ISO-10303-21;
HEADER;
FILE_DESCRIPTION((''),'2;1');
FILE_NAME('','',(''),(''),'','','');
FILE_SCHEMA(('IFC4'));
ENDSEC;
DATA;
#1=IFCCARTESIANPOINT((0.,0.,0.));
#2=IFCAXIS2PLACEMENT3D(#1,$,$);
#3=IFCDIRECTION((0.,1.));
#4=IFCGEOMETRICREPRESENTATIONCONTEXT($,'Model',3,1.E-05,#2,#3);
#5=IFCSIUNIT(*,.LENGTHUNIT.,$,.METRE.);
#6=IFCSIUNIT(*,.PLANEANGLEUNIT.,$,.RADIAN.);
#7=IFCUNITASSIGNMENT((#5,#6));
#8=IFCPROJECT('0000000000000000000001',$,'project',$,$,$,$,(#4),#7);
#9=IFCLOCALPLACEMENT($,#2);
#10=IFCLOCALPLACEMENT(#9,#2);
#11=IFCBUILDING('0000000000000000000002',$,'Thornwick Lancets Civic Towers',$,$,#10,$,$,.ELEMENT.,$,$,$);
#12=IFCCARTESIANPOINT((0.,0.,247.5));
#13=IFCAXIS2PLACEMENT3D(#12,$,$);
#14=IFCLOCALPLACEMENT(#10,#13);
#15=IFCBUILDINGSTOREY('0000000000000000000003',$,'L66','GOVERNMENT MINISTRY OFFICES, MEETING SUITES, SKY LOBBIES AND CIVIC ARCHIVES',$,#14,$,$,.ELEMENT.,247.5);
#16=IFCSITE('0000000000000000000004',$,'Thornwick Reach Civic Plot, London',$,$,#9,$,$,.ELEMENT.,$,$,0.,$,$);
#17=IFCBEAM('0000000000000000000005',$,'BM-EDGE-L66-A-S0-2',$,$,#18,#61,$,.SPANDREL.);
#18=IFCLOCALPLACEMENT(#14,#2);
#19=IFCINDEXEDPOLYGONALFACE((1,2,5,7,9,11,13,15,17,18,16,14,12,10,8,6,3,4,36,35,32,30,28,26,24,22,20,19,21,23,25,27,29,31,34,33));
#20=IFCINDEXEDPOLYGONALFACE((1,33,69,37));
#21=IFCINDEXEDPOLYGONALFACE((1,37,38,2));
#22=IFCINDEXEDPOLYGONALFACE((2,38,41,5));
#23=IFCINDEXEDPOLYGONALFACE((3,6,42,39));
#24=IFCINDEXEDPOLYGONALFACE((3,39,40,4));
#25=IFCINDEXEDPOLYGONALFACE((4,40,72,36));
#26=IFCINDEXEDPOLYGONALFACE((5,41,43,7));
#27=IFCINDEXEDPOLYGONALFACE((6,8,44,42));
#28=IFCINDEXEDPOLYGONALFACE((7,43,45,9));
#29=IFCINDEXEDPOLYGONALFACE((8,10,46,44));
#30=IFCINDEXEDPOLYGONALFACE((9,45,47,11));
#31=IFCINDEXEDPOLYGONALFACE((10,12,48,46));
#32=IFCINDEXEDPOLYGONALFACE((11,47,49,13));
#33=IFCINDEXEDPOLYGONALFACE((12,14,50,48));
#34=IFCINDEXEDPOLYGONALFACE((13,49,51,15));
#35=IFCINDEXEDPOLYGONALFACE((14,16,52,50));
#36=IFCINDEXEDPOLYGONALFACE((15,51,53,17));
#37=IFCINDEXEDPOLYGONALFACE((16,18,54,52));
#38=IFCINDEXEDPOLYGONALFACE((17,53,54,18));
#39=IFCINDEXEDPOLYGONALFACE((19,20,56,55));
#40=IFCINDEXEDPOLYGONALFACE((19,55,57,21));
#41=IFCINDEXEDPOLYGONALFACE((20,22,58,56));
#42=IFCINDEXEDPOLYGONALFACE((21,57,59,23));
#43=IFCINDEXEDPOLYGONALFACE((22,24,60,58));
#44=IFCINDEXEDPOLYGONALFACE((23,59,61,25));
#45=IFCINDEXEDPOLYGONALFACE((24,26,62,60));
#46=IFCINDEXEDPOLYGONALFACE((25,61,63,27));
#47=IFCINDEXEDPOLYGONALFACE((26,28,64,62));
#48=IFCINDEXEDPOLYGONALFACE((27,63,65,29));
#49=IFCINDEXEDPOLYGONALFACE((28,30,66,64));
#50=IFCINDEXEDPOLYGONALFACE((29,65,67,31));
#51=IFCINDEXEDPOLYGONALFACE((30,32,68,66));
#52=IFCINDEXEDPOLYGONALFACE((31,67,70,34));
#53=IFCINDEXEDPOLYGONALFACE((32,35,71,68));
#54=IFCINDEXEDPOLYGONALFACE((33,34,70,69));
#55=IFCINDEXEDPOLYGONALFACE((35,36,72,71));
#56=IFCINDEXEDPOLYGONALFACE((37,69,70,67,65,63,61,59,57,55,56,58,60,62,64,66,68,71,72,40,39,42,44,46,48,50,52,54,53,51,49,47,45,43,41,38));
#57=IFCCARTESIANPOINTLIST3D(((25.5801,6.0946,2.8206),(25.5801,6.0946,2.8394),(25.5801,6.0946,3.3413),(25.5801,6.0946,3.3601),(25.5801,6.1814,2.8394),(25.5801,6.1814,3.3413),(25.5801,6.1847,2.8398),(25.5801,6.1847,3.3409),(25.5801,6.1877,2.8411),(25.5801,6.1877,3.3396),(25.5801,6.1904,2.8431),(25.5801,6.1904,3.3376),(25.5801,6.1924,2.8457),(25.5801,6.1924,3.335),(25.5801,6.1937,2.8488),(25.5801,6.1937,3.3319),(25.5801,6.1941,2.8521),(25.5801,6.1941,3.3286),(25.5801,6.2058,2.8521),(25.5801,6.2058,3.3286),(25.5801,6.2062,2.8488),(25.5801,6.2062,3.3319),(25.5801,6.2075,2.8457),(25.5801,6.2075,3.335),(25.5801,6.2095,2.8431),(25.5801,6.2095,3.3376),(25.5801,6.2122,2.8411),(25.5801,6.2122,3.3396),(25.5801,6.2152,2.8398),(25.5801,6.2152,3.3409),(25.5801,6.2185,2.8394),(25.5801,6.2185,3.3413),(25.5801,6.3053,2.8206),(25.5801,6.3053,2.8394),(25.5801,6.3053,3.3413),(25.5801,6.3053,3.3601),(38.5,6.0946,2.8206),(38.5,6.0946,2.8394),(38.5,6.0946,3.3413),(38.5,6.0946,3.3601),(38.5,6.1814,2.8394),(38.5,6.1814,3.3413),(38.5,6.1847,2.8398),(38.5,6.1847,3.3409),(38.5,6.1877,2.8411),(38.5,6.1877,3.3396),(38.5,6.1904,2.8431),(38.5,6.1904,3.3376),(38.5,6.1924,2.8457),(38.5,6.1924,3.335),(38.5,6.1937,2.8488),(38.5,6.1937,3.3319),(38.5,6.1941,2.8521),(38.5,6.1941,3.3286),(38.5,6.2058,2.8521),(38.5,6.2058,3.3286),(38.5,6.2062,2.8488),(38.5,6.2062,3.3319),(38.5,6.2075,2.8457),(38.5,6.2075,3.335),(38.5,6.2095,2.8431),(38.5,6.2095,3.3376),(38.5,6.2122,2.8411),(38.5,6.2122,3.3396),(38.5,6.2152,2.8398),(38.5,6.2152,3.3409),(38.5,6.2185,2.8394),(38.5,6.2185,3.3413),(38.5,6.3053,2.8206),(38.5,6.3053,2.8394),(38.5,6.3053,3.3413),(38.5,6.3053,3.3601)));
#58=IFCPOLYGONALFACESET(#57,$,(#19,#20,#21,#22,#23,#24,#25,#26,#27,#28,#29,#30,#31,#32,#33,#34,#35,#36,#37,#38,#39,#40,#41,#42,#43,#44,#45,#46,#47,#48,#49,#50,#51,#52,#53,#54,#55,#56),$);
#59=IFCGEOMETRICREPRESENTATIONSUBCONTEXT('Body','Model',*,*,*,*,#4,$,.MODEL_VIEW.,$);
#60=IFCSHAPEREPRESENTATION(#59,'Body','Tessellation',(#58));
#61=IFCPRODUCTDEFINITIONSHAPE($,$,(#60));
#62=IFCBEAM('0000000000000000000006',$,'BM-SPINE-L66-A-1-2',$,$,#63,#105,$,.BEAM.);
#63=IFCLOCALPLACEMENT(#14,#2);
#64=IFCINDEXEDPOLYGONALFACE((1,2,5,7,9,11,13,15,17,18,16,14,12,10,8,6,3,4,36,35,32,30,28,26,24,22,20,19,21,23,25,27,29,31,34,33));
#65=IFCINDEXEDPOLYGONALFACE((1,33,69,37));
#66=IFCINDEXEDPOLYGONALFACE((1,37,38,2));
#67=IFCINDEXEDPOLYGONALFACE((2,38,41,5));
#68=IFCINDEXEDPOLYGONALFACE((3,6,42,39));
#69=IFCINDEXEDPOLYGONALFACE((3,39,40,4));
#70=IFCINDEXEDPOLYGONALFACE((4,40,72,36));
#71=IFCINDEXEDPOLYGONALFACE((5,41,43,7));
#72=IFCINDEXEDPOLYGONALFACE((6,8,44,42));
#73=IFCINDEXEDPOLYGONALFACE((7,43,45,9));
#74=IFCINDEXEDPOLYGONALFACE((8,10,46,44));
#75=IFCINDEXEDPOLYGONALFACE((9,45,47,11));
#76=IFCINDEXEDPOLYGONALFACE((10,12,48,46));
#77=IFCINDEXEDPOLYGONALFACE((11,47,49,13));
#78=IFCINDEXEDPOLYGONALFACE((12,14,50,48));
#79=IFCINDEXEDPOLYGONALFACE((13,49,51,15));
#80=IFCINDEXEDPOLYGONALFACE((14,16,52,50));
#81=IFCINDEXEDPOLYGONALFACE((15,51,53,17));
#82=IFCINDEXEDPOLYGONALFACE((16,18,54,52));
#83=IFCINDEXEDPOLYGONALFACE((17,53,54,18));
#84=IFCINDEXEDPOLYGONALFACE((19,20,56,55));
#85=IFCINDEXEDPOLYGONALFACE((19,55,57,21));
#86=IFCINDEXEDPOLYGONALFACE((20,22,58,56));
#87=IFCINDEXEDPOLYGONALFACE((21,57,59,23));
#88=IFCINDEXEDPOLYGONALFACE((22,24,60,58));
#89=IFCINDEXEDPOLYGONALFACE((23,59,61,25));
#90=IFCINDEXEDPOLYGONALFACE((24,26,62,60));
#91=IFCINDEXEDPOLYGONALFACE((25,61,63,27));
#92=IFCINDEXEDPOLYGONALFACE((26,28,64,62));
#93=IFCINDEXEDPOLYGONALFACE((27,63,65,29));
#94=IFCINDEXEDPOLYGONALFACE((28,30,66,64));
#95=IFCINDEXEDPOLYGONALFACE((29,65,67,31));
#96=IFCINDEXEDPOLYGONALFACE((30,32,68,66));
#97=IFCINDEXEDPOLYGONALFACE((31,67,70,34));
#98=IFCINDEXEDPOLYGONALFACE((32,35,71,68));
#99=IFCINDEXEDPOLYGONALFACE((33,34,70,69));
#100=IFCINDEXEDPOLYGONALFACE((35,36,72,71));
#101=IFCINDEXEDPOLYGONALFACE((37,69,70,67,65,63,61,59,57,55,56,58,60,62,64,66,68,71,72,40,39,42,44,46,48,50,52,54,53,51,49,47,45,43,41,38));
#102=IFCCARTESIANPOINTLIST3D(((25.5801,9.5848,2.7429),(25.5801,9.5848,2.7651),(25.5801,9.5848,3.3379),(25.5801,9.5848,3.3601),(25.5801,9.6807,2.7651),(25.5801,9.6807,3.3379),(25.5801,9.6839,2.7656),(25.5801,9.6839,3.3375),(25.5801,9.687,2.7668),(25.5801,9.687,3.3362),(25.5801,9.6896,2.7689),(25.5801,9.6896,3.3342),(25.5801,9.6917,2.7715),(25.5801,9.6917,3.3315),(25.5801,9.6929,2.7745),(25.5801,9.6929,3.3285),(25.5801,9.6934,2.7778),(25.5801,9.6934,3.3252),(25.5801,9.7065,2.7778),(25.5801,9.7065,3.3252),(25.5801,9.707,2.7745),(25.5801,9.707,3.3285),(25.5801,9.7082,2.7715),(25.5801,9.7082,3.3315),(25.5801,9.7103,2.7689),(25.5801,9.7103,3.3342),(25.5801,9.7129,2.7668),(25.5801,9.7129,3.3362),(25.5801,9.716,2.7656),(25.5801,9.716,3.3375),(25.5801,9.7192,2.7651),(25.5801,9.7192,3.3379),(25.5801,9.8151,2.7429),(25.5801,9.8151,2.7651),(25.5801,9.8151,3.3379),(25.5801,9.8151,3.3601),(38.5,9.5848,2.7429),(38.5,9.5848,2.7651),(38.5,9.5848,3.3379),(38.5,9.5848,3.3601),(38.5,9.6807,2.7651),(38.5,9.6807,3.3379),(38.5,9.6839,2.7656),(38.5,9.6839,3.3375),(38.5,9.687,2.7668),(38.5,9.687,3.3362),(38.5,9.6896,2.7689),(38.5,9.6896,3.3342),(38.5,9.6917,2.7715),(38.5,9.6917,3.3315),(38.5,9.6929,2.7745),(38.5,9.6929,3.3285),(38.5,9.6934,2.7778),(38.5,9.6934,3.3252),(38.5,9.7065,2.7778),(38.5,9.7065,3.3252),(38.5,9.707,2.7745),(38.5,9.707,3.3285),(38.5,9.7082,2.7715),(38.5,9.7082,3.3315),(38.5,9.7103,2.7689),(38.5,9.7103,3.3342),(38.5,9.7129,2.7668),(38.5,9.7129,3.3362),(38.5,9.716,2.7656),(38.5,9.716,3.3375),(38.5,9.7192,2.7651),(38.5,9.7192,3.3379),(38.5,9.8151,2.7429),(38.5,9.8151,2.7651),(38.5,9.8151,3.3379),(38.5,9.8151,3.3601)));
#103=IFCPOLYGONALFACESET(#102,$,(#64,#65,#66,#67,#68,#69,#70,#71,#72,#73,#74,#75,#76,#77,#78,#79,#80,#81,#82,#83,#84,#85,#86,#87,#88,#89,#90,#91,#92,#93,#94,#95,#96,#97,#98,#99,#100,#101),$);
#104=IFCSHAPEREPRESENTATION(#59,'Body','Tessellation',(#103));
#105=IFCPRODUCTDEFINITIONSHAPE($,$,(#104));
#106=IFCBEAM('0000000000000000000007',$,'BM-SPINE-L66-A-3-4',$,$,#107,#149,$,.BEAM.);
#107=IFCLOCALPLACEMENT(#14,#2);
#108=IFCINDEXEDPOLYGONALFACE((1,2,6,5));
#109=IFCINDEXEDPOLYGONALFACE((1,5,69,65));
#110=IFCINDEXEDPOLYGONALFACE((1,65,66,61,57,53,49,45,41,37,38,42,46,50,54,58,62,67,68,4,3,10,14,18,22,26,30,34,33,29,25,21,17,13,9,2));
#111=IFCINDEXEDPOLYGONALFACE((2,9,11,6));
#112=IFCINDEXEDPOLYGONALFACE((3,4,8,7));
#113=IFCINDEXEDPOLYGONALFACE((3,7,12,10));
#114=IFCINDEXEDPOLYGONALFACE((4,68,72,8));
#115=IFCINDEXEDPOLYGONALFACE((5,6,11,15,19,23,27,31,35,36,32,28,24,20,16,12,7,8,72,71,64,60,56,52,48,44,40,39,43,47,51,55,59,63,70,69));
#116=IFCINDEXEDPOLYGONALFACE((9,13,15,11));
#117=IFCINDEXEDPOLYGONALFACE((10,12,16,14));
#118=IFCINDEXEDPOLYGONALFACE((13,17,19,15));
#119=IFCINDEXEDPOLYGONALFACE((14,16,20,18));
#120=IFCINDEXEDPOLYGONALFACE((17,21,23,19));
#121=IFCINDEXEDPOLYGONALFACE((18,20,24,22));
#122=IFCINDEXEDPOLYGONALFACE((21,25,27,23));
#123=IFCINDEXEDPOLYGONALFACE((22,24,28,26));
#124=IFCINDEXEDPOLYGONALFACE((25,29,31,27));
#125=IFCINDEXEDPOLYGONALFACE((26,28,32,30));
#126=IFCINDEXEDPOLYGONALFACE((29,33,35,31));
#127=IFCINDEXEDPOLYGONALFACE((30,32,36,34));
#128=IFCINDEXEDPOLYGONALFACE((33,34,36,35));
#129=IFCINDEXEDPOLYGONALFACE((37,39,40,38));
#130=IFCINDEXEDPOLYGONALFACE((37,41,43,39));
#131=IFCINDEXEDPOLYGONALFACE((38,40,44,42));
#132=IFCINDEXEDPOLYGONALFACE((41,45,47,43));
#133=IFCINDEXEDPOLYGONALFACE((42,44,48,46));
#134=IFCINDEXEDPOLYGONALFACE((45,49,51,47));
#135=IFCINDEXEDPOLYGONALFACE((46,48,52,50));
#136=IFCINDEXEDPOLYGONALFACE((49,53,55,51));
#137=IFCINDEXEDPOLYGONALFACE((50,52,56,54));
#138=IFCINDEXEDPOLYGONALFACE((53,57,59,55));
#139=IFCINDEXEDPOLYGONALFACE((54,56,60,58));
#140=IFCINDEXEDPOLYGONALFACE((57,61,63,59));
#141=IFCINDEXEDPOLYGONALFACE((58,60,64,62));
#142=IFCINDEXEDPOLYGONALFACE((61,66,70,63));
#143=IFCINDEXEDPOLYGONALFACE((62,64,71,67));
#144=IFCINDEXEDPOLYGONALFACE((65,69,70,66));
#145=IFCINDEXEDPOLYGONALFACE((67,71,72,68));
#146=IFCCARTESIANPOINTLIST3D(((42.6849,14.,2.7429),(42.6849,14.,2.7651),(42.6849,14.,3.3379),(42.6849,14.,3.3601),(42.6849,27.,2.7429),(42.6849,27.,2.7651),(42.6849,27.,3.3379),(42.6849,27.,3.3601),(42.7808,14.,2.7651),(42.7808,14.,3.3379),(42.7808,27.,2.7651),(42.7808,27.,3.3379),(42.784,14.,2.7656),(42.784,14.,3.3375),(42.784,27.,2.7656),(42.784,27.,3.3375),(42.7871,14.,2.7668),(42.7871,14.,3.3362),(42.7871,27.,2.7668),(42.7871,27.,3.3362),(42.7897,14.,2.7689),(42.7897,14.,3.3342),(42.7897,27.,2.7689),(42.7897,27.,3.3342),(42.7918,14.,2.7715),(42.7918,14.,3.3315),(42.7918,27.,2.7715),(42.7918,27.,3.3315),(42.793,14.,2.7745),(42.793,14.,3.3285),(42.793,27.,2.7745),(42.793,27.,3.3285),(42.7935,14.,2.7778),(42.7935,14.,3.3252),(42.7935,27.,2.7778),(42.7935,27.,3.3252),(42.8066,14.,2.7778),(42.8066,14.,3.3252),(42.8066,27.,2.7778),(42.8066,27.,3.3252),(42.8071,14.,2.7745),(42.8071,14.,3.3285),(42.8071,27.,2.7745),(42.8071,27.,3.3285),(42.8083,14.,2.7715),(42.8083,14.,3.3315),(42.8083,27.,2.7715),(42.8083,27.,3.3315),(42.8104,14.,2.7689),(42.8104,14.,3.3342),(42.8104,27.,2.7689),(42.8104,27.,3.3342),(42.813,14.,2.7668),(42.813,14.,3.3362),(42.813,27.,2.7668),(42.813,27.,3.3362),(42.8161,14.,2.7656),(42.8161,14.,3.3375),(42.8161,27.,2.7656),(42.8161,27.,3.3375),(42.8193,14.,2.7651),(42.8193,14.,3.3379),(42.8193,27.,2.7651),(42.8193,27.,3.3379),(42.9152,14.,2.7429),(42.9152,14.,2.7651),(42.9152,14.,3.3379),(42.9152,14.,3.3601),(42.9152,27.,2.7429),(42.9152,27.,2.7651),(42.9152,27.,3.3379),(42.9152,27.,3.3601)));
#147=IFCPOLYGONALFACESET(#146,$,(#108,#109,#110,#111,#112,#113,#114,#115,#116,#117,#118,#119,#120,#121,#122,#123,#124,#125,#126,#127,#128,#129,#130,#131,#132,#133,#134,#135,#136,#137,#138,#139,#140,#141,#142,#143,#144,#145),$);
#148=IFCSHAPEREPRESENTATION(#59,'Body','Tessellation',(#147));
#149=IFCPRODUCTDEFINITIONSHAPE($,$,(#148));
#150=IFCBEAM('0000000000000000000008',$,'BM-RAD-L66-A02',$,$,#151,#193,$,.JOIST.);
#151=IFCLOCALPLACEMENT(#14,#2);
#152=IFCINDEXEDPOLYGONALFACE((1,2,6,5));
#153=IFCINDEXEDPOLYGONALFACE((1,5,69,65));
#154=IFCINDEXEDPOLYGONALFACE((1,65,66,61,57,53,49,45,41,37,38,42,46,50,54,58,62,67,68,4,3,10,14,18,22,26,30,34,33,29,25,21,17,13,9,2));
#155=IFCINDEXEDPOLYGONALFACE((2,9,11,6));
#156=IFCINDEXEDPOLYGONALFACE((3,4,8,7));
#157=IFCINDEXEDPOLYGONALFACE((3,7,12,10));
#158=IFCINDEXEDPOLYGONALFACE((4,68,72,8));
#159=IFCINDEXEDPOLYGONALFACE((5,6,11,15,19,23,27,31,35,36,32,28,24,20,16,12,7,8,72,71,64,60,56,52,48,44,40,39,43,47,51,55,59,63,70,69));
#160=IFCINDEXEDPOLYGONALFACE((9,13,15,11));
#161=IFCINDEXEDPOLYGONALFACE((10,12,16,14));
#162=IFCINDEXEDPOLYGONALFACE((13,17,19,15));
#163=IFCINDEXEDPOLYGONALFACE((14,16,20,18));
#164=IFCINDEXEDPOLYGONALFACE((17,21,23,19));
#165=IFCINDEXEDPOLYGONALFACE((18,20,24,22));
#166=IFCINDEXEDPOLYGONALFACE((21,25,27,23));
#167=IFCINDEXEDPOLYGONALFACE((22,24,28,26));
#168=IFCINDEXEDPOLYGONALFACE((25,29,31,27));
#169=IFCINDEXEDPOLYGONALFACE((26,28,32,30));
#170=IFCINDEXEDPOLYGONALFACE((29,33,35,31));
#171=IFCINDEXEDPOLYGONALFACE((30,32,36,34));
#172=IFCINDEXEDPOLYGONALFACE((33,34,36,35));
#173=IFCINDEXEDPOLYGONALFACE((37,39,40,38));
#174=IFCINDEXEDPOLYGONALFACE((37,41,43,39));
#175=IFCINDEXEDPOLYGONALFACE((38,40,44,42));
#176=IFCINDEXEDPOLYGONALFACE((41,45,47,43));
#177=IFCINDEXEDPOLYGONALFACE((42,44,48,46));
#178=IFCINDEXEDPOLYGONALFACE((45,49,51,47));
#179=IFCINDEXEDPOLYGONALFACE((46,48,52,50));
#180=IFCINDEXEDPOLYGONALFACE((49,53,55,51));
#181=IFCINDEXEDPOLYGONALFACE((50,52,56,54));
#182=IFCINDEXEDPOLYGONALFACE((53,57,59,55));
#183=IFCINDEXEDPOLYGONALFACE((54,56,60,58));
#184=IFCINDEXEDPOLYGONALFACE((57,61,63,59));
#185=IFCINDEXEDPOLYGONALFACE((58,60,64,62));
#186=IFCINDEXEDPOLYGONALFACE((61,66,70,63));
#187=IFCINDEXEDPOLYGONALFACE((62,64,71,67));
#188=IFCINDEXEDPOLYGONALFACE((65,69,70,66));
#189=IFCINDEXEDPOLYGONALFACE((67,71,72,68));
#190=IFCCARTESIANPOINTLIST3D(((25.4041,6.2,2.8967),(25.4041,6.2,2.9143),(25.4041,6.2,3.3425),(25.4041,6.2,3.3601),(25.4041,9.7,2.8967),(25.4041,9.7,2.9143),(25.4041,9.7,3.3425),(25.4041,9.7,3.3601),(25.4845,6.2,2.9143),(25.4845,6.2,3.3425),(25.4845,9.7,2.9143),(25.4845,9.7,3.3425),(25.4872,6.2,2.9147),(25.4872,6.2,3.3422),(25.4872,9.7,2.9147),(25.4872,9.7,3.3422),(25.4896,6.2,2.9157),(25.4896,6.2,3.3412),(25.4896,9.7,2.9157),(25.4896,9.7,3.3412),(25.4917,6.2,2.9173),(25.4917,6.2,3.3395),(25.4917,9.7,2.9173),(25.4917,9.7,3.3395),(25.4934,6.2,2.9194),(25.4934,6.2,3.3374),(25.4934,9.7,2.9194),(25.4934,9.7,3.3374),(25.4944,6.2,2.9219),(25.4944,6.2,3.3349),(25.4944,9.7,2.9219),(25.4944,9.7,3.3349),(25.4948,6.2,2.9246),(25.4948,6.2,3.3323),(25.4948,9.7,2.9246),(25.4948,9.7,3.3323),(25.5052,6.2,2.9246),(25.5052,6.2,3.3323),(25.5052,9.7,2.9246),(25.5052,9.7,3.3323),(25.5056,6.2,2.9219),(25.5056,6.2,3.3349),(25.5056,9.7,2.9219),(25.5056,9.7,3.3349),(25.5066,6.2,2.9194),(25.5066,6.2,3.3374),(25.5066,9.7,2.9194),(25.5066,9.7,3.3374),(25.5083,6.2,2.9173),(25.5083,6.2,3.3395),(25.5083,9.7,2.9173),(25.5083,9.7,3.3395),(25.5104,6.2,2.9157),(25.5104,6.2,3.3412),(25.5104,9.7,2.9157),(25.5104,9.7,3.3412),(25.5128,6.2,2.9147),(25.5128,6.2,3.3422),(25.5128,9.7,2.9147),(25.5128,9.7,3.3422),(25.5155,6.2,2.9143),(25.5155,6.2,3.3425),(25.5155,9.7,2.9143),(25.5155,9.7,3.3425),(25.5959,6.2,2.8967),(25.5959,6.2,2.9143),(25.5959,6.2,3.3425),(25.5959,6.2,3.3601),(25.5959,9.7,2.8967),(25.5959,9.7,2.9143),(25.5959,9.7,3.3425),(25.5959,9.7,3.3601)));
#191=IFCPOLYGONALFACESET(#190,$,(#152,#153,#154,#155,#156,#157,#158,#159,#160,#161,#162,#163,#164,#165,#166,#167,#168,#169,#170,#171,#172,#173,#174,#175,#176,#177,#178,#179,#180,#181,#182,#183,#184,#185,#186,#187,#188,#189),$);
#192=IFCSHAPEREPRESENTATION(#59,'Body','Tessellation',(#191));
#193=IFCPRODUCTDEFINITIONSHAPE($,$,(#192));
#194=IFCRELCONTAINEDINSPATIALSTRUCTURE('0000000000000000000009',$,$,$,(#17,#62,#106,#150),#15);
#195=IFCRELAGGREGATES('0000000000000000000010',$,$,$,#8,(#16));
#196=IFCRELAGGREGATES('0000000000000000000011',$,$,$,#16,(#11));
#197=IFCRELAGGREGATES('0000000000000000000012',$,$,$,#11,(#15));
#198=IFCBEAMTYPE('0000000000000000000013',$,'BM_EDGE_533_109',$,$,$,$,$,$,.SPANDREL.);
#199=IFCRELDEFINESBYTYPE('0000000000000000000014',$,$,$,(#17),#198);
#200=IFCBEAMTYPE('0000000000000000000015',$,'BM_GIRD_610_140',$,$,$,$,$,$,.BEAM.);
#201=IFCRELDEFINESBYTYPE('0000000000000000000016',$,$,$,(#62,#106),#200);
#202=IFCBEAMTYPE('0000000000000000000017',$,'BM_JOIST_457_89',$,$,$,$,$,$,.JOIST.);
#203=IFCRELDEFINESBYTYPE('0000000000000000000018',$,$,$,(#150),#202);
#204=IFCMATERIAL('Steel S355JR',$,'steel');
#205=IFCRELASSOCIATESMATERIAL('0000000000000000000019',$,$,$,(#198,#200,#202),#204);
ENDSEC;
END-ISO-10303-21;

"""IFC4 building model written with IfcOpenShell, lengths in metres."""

from ifc_helpers import new_model, si_unit, direction, frame, origin, origin_2d, place, context, subcontext, project, spatial, i_section, extrude, material, material_profile, profile_set, type_object, element, save


model = new_model("IFC4")

# Units and contexts
model_context = context("Model", 3, precision=1e-05, world=origin(), true_north=direction((0.0, 1.0)))
body_context = subcontext(model_context, "Body", "Model", "MODEL_VIEW")
ifc_project = project(units=[si_unit("LENGTHUNIT", "METRE"), si_unit("PLANEANGLEUNIT", "RADIAN")], contexts=[model_context])

# Site, building, storey
site_placement = place(None, origin())
site = spatial("IfcSite", under=ifc_project, at=site_placement, Name="Thornwick Reach Civic Plot, London", CompositionType="ELEMENT", RefElevation=0.0)
building_placement = place(site_placement, origin())
building = spatial("IfcBuilding", under=site, at=building_placement, Name="Thornwick Lancets Civic Towers", CompositionType="ELEMENT")
storey_placement = place(building_placement, frame((0.0, 0.0, 247.5)))
storey = spatial("IfcBuildingStorey", under=building, at=storey_placement, Name="L66", Description="GOVERNMENT MINISTRY OFFICES, MEETING SUITES, SKY LOBBIES AND CIVIC ARCHIVES", CompositionType="ELEMENT", Elevation=247.5)

# Shared definitions
ifc_material_1 = material(Name="Steel S355JR", Category="steel")

# Beams
ifc_material_profile_1 = material_profile(ifc_material_1, i_section(OverallWidth=0.2107, OverallDepth=0.5396, WebThickness=0.0117, FlangeThickness=0.0188, FilletRadius=0.0127, at=origin_2d()), Name="UKB 533x210x109")
ifc_profile_set_1 = profile_set([ifc_material_profile_1], Name="Steel S355JR")
beam_type_1 = type_object("IfcBeamType", Name="BM_EDGE_533_109", PredefinedType="SPANDREL", material=ifc_profile_set_1)
beam_1_placement = place(storey_placement, frame((25.5801, 6.2, 3.0903), z_axis=(1.0, 0.0, 0.0), x_axis=(0.0, 1.0, 0.0)))
element("IfcBeam", 1, at=beam_1_placement, inside=storey, type_object=beam_type_1, Name="BM-EDGE-L66-A-S0-2", PredefinedType="SPANDREL", context=body_context, shape_type="SweptSolid", body=[
    extrude(i_section(OverallWidth=0.2107, OverallDepth=0.5396, WebThickness=0.0117, FlangeThickness=0.0188, FilletRadius=0.0127, at=origin_2d()), origin(), (0.0, 0.0, 1.0), 12.9199),
])
ifc_material_profile_2 = material_profile(ifc_material_1, i_section(OverallWidth=0.2302, OverallDepth=0.6172, WebThickness=0.0132, FlangeThickness=0.0222, FilletRadius=0.0127, at=origin_2d()), Name="UKB 610x229x140")
ifc_profile_set_2 = profile_set([ifc_material_profile_2], Name="Steel S355JR")
beam_type_2 = type_object("IfcBeamType", Name="BM_GIRD_610_140", PredefinedType="BEAM", material=ifc_profile_set_2)
beam_2_placement = place(storey_placement, frame((25.5801, 9.7, 3.0515), z_axis=(1.0, 0.0, 0.0), x_axis=(0.0, 1.0, 0.0)))
element("IfcBeam", 2, at=beam_2_placement, inside=storey, type_object=beam_type_2, Name="BM-SPINE-L66-A-1-2", PredefinedType="BEAM", context=body_context, shape_type="SweptSolid", body=[
    extrude(i_section(OverallWidth=0.2302, OverallDepth=0.6172, WebThickness=0.0132, FlangeThickness=0.0222, FilletRadius=0.0127, at=origin_2d()), origin(), (0.0, 0.0, 1.0), 12.9199),
])
beam_3_placement = place(storey_placement, frame((42.8, 14.0, 3.0515), z_axis=(0.0, 1.0, 0.0), x_axis=(-1.0, 0.0, 0.0)))
element("IfcBeam", 3, at=beam_3_placement, inside=storey, type_object=beam_type_2, Name="BM-SPINE-L66-A-3-4", PredefinedType="BEAM", context=body_context, shape_type="SweptSolid", body=[
    extrude(i_section(OverallWidth=0.2302, OverallDepth=0.6172, WebThickness=0.0132, FlangeThickness=0.0222, FilletRadius=0.0127, at=origin_2d()), origin(), (0.0, 0.0, 1.0), 13.0),
])
ifc_material_profile_3 = material_profile(ifc_material_1, i_section(OverallWidth=0.1919, OverallDepth=0.4634, WebThickness=0.0105, FlangeThickness=0.0176, FilletRadius=0.0103, at=origin_2d()), Name="UKB 457x191x89")
ifc_profile_set_3 = profile_set([ifc_material_profile_3], Name="Steel S355JR")
beam_type_3 = type_object("IfcBeamType", Name="BM_JOIST_457_89", PredefinedType="JOIST", material=ifc_profile_set_3)
for number, where, z_axis, x_axis, name in (
    (4, (25.5, 9.7, 3.1284), (0.0, -1.0, 0.0), (1.0, 0.0, 0.0), "BM-RAD-L66-A02"),
):
    element("IfcBeam", number, at=place(storey_placement, frame(where, z_axis=z_axis, x_axis=x_axis)), inside=storey, type_object=beam_type_3, Name=name, PredefinedType="JOIST", context=body_context, shape_type="SweptSolid", body=[
        extrude(i_section(OverallWidth=0.1919, OverallDepth=0.4634, WebThickness=0.0105, FlangeThickness=0.0176, FilletRadius=0.0103, at=origin_2d()), origin(), (0.0, 0.0, 1.0), 3.5),
    ])

save(model, "model.ifc")
